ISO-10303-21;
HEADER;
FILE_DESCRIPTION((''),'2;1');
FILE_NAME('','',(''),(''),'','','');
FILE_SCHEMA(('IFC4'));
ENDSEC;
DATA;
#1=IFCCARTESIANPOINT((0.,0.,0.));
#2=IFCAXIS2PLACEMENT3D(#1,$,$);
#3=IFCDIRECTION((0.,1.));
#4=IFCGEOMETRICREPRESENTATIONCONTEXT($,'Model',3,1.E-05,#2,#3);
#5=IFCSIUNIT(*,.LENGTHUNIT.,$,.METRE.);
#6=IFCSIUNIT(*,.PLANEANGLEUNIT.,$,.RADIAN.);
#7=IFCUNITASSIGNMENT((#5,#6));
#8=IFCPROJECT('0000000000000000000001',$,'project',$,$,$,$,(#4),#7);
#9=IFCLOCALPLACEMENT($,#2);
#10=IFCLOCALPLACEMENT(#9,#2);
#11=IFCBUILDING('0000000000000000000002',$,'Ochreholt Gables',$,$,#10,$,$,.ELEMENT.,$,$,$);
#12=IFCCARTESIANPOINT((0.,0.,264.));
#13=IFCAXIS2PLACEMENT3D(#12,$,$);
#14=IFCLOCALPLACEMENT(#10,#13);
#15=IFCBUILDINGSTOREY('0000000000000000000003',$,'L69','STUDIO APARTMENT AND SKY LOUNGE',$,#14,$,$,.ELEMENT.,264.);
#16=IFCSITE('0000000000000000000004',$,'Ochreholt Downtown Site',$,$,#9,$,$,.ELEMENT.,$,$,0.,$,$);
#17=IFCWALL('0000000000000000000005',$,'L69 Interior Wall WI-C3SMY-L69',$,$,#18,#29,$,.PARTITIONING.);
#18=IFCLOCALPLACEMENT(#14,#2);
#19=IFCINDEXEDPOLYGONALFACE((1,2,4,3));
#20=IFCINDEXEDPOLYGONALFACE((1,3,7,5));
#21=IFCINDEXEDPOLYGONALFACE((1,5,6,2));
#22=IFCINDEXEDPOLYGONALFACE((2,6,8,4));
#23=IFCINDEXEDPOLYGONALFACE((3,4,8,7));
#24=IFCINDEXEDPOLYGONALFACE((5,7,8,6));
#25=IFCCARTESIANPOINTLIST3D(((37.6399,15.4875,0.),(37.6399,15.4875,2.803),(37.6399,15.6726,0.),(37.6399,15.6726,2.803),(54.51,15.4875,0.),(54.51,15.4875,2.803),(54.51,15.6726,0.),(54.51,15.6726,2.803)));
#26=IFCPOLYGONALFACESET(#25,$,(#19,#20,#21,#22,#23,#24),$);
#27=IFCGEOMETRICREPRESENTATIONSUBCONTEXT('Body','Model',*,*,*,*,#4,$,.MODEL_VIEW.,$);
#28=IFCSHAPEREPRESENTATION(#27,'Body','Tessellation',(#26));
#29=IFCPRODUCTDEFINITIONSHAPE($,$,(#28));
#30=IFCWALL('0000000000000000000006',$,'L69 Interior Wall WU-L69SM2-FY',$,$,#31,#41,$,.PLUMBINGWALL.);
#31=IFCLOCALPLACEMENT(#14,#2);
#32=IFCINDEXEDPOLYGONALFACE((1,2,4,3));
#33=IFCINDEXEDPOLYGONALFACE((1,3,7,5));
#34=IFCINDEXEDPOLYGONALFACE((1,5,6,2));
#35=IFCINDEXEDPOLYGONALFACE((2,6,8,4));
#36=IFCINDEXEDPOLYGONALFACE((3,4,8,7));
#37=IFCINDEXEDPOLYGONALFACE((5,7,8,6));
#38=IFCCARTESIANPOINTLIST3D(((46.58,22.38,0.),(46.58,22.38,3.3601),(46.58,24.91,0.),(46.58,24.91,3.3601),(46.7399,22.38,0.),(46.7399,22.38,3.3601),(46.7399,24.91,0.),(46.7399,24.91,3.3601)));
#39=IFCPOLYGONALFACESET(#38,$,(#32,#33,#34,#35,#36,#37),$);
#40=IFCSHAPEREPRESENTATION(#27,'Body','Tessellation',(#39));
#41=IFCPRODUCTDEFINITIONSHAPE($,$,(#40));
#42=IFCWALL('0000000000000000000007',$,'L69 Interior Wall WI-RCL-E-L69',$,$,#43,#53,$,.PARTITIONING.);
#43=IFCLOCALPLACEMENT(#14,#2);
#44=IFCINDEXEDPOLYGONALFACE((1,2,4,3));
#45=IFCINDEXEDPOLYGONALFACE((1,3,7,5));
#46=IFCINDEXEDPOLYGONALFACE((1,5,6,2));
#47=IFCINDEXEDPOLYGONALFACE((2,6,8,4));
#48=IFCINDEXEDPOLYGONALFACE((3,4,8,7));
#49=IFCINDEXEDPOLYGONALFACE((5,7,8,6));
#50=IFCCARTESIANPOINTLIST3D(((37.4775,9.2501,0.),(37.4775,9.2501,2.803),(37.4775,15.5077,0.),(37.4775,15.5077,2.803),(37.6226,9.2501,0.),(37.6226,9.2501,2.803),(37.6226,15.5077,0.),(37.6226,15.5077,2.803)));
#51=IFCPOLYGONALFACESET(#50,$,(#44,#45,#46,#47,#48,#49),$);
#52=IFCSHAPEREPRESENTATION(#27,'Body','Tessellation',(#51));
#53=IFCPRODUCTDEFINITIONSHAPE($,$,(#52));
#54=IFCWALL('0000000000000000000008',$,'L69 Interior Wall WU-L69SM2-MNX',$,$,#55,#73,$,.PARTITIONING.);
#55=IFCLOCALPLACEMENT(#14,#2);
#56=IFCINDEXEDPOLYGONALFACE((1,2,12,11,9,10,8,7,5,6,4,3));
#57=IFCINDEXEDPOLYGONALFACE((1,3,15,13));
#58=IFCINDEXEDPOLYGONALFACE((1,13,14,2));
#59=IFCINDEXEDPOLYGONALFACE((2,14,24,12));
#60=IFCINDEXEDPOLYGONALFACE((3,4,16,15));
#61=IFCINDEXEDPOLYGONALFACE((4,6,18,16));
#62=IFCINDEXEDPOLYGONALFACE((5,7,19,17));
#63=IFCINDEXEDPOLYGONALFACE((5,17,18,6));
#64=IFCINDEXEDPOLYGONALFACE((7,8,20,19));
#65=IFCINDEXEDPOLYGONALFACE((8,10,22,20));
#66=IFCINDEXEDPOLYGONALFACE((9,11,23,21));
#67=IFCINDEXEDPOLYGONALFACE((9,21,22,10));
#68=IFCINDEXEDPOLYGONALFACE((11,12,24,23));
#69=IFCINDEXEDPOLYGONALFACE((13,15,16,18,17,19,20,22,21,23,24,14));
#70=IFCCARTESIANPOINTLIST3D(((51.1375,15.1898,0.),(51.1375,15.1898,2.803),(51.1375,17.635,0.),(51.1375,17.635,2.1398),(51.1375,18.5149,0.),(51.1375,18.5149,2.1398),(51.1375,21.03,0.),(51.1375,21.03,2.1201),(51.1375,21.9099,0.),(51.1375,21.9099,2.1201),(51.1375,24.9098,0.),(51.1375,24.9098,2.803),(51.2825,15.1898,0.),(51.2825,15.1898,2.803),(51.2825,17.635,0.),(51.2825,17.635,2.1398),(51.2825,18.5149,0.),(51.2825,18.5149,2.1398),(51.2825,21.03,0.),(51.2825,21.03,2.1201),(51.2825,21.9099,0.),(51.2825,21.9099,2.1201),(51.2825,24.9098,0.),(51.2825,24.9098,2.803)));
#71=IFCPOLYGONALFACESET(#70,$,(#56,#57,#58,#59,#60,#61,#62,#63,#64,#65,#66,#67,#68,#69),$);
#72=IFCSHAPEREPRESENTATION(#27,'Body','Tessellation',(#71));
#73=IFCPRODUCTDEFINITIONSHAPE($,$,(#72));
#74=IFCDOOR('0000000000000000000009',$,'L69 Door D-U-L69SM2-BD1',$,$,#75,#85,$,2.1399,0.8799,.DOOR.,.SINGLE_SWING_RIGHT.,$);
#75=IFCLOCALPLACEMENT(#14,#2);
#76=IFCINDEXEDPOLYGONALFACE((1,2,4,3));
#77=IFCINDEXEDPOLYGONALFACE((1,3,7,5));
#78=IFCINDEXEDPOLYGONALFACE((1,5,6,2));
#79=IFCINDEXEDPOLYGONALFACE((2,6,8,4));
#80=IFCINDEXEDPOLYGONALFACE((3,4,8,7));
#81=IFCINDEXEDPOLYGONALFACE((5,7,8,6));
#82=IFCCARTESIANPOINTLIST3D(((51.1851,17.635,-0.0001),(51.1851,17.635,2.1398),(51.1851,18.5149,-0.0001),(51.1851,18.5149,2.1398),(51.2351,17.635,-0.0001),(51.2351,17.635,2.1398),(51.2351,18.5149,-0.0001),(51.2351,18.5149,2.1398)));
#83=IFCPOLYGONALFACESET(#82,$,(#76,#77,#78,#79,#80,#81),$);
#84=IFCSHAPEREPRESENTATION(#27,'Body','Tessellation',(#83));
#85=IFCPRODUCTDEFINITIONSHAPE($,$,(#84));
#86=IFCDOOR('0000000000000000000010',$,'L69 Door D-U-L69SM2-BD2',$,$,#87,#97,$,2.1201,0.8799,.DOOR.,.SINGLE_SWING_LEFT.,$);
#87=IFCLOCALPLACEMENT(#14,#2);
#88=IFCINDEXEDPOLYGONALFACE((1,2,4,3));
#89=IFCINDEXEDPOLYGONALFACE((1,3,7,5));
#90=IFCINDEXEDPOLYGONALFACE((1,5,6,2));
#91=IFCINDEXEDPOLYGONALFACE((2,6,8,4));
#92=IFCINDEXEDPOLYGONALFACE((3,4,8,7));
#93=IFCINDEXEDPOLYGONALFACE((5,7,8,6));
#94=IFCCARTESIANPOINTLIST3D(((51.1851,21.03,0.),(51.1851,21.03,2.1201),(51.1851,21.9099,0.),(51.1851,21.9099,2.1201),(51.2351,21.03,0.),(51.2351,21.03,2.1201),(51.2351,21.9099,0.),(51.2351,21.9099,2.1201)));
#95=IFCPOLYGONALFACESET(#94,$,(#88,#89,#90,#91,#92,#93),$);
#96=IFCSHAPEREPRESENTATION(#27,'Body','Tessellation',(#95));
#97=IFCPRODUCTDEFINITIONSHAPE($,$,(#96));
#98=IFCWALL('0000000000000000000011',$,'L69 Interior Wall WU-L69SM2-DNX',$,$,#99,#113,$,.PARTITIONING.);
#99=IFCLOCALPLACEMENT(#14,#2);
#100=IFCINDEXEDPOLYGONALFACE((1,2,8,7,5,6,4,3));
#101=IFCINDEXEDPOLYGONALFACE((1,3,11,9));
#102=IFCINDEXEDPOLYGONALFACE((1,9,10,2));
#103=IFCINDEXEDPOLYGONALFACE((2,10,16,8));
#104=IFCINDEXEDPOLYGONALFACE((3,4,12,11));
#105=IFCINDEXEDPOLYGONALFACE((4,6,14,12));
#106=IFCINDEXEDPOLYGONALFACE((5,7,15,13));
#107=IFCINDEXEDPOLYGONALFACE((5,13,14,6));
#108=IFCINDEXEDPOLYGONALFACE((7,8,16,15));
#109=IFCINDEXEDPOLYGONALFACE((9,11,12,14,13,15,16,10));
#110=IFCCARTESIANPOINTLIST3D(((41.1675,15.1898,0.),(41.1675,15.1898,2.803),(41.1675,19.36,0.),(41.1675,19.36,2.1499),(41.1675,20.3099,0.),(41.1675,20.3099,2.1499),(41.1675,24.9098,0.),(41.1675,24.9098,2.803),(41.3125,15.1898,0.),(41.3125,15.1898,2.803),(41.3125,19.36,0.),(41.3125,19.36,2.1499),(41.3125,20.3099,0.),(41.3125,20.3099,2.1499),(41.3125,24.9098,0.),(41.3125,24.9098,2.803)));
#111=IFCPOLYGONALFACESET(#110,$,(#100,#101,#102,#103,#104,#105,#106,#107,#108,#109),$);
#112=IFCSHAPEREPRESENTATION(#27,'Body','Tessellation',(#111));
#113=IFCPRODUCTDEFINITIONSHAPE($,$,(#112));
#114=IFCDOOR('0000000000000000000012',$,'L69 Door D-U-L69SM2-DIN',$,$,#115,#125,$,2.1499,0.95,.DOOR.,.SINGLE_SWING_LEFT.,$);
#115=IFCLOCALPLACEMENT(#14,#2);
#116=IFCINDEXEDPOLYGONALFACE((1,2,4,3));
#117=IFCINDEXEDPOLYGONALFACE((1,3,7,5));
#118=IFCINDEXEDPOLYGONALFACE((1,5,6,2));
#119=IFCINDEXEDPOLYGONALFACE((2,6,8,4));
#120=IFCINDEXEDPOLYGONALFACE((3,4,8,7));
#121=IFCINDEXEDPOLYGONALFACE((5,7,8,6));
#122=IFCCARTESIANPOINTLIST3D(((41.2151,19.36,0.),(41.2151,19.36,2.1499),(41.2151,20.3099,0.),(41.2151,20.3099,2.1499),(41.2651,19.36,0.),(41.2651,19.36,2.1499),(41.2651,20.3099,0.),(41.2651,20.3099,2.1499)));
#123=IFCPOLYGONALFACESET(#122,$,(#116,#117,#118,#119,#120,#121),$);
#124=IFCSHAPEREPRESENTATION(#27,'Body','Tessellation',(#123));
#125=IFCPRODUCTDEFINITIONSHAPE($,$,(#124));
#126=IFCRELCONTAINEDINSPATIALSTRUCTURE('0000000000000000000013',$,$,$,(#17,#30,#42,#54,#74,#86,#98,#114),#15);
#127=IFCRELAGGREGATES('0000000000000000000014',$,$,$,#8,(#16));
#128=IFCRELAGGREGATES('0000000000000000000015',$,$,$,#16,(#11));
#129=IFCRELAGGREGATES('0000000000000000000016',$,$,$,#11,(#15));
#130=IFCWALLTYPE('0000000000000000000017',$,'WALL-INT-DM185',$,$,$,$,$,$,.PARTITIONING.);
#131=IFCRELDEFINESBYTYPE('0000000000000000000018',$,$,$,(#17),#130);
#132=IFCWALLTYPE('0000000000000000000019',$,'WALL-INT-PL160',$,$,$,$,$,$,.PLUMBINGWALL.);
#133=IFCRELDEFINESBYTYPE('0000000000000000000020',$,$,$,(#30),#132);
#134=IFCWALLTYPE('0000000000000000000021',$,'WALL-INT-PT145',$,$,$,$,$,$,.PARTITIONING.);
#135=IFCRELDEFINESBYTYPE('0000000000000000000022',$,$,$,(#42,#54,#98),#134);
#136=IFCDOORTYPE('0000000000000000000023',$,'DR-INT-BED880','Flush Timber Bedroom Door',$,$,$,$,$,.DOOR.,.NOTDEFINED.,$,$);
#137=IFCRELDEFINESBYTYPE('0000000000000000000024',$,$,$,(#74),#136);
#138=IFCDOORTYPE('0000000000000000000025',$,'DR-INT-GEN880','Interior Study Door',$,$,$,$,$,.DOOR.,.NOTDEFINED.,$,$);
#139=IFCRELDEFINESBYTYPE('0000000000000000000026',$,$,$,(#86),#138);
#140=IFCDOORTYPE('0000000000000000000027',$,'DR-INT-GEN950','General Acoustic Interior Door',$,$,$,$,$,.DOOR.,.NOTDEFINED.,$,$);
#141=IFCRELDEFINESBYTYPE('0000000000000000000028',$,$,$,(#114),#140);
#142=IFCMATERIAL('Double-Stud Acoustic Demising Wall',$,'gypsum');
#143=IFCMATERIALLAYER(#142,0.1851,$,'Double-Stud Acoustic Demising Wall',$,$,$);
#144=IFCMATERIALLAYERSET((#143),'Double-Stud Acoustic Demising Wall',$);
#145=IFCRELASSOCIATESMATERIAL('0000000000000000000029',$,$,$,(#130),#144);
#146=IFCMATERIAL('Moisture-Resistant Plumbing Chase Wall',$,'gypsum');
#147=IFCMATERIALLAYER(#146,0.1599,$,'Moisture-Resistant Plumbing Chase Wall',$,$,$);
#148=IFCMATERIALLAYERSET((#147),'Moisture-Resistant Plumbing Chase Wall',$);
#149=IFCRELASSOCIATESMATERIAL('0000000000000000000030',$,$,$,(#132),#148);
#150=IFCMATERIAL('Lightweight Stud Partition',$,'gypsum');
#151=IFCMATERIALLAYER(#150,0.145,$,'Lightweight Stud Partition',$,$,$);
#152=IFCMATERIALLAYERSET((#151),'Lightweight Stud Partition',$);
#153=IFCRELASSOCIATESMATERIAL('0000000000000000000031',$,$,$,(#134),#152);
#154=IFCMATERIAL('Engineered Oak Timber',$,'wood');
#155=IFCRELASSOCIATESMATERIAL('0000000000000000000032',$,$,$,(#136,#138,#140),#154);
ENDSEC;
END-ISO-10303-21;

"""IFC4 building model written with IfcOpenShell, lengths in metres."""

from ifc_helpers import new_model, si_unit, direction, frame, frame_2d, origin, place, context, subcontext, project, spatial, rectangle, extrude, material, layer, layer_set, type_object, element, fill, save


model = new_model("IFC4")

# Units and contexts
model_context = context("Model", 3, precision=1e-05, world=origin(), true_north=direction((0.0, 1.0)))
body_context = subcontext(model_context, "Body", "Model", "MODEL_VIEW")
ifc_project = project(units=[si_unit("LENGTHUNIT", "METRE"), si_unit("PLANEANGLEUNIT", "RADIAN")], contexts=[model_context])

# Site, building, storey
site_placement = place(None, origin())
site = spatial("IfcSite", under=ifc_project, at=site_placement, Name="Ochreholt Downtown Site", CompositionType="ELEMENT", RefElevation=0.0)
building_placement = place(site_placement, origin())
building = spatial("IfcBuilding", under=site, at=building_placement, Name="Ochreholt Gables", CompositionType="ELEMENT")
storey_placement = place(building_placement, frame((0.0, 0.0, 264.0)))
storey = spatial("IfcBuildingStorey", under=building, at=storey_placement, Name="L69", Description="STUDIO APARTMENT AND SKY LOUNGE", CompositionType="ELEMENT", Elevation=264.0)

# Walls
ifc_material_1 = material(Name="Double-Stud Acoustic Demising Wall", Category="gypsum")
ifc_layer_1 = layer(ifc_material_1, 0.1851, Name="Double-Stud Acoustic Demising Wall")
ifc_layer_set_1 = layer_set([ifc_layer_1], Name="Double-Stud Acoustic Demising Wall")
wall_type_1 = type_object("IfcWallType", Name="WALL-INT-DM185", PredefinedType="PARTITIONING", material=ifc_layer_set_1)
wall_1_placement = place(storey_placement, frame((37.6399, 15.5801, 0.0), z_axis=(0.0, 0.0, 1.0), x_axis=(1.0, 0.0, 0.0)))
element("IfcWall", 1, at=wall_1_placement, inside=storey, type_object=wall_type_1, Name="L69 Interior Wall WI-C3SMY-L69", PredefinedType="PARTITIONING", context=body_context, shape_type="SweptSolid", body=[
    extrude(rectangle(XDim=16.8701, YDim=0.1851, at=frame_2d((8.4351, 0.0))), origin(), (0.0, 0.0, 1.0), 2.803),
])
ifc_material_2 = material(Name="Moisture-Resistant Plumbing Chase Wall", Category="gypsum")
ifc_layer_2 = layer(ifc_material_2, 0.1599, Name="Moisture-Resistant Plumbing Chase Wall")
ifc_layer_set_2 = layer_set([ifc_layer_2], Name="Moisture-Resistant Plumbing Chase Wall")
wall_type_2 = type_object("IfcWallType", Name="WALL-INT-PL160", PredefinedType="PLUMBINGWALL", material=ifc_layer_set_2)
wall_2_placement = place(storey_placement, frame((46.6599, 22.3799, 0.0), z_axis=(0.0, 0.0, 1.0), x_axis=(0.0, 1.0, 0.0)))
element("IfcWall", 2, at=wall_2_placement, inside=storey, type_object=wall_type_2, Name="L69 Interior Wall WU-L69SM2-FY", PredefinedType="PLUMBINGWALL", context=body_context, shape_type="SweptSolid", body=[
    extrude(rectangle(XDim=2.53, YDim=0.1599, at=frame_2d((1.2651, 0.0))), origin(), (0.0, 0.0, 1.0), 3.3601),
])
ifc_material_3 = material(Name="Lightweight Stud Partition", Category="gypsum")
ifc_layer_3 = layer(ifc_material_3, 0.145, Name="Lightweight Stud Partition")
ifc_layer_set_3 = layer_set([ifc_layer_3], Name="Lightweight Stud Partition")
wall_type_3 = type_object("IfcWallType", Name="WALL-INT-PT145", PredefinedType="PARTITIONING", material=ifc_layer_set_3)
wall_3_placement = place(storey_placement, frame((37.55, 9.25, 0.0), z_axis=(0.0, 0.0, 1.0), x_axis=(0.0, 1.0, 0.0)))
element("IfcWall", 3, at=wall_3_placement, inside=storey, type_object=wall_type_3, Name="L69 Interior Wall WI-RCL-E-L69", PredefinedType="PARTITIONING", context=body_context, shape_type="SweptSolid", body=[
    extrude(rectangle(XDim=6.2576, YDim=0.145, at=frame_2d((3.1289, 0.0))), origin(), (0.0, 0.0, 1.0), 2.803),
])

# Wall, openings, doors
wall_4_placement = place(storey_placement, frame((51.21, 15.1899, 0.0), z_axis=(0.0, 0.0, 1.0), x_axis=(0.0, 1.0, 0.0)))
wall_4 = element("IfcWall", 4, at=wall_4_placement, inside=storey, type_object=wall_type_3, Name="L69 Interior Wall WU-L69SM2-MNX", PredefinedType="PARTITIONING", context=body_context, shape_type="SweptSolid", body=[
    extrude(rectangle(XDim=9.72, YDim=0.145, at=frame_2d((4.8599, 0.0))), origin(), (0.0, 0.0, 1.0), 2.803),
])
opening_1_placement = place(wall_4_placement, frame((2.4451, 0.0, 0.0)))
opening_1 = element("IfcOpeningElement", 5, at=opening_1_placement, cuts=wall_4, PredefinedType="OPENING", context=body_context, shape_type="SweptSolid", body=[
    extrude(rectangle(XDim=0.8799, YDim=2.1399, at=frame_2d((0.4399, 1.0698))), frame((0.0, 0.0825, 0.0), z_axis=(0.0, -1.0, 0.0), x_axis=(1.0, 0.0, 0.0)), (0.0, 0.0, 1.0), 0.165),
])
opening_2_placement = place(wall_4_placement, frame((5.8401, 0.0, 0.0)))
opening_2 = element("IfcOpeningElement", 6, at=opening_2_placement, cuts=wall_4, PredefinedType="OPENING", context=body_context, shape_type="SweptSolid", body=[
    extrude(rectangle(XDim=0.8799, YDim=2.1201, at=frame_2d((0.4399, 1.0601))), frame((0.0, 0.0825, 0.0), z_axis=(0.0, -1.0, 0.0), x_axis=(1.0, 0.0, 0.0)), (0.0, 0.0, 1.0), 0.165),
])
ifc_material_4 = material(Name="Engineered Oak Timber", Category="wood")
door_type_1 = type_object("IfcDoorType", Name="DR-INT-BED880", Description="Flush Timber Bedroom Door", OperationType="NOTDEFINED", PredefinedType="DOOR", material=ifc_material_4)
door_1_placement = place(opening_1_placement, origin())
door_1 = element("IfcDoor", 7, at=door_1_placement, inside=storey, type_object=door_type_1, Name="L69 Door D-U-L69SM2-BD1", OperationType="SINGLE_SWING_RIGHT", OverallHeight=2.1399, OverallWidth=0.8799, PredefinedType="DOOR", context=body_context, shape_type="SweptSolid", body=[
    extrude(rectangle(XDim=0.8799, YDim=2.1399, at=frame_2d((0.4399, 1.0698))), frame((0.0, 0.0249, 0.0), z_axis=(0.0, -1.0, 0.0), x_axis=(1.0, 0.0, 0.0)), (0.0, 0.0, 1.0), 0.05),
])
fill(opening_1, door_1)
door_type_2 = type_object("IfcDoorType", Name="DR-INT-GEN880", Description="Interior Study Door", OperationType="NOTDEFINED", PredefinedType="DOOR", material=ifc_material_4)
door_2_placement = place(opening_2_placement, origin())
door_2 = element("IfcDoor", 8, at=door_2_placement, inside=storey, type_object=door_type_2, Name="L69 Door D-U-L69SM2-BD2", OperationType="SINGLE_SWING_LEFT", OverallHeight=2.1201, OverallWidth=0.8799, PredefinedType="DOOR", context=body_context, shape_type="SweptSolid", body=[
    extrude(rectangle(XDim=0.8799, YDim=2.1201, at=frame_2d((0.4399, 1.0601))), frame((0.0, 0.0249, 0.0), z_axis=(0.0, -1.0, 0.0), x_axis=(1.0, 0.0, 0.0)), (0.0, 0.0, 1.0), 0.05),
])
fill(opening_2, door_2)

# Wall, opening, door
wall_5_placement = place(storey_placement, frame((41.24, 15.1899, 0.0), z_axis=(0.0, 0.0, 1.0), x_axis=(0.0, 1.0, 0.0)))
wall_5 = element("IfcWall", 9, at=wall_5_placement, inside=storey, type_object=wall_type_3, Name="L69 Interior Wall WU-L69SM2-DNX", PredefinedType="PARTITIONING", context=body_context, shape_type="SweptSolid", body=[
    extrude(rectangle(XDim=9.72, YDim=0.145, at=frame_2d((4.8599, 0.0))), origin(), (0.0, 0.0, 1.0), 2.803),
])
opening_3_placement = place(wall_5_placement, frame((4.1699, 0.0, 0.0)))
opening_3 = element("IfcOpeningElement", 10, at=opening_3_placement, cuts=wall_5, PredefinedType="OPENING", context=body_context, shape_type="SweptSolid", body=[
    extrude(rectangle(XDim=0.95, YDim=2.1499, at=frame_2d((0.4751, 1.075))), frame((0.0, 0.0825, 0.0), z_axis=(0.0, -1.0, 0.0), x_axis=(1.0, 0.0, 0.0)), (0.0, 0.0, 1.0), 0.165),
])
door_type_3 = type_object("IfcDoorType", Name="DR-INT-GEN950", Description="General Acoustic Interior Door", OperationType="NOTDEFINED", PredefinedType="DOOR", material=ifc_material_4)
door_3_placement = place(opening_3_placement, origin())
door_3 = element("IfcDoor", 11, at=door_3_placement, inside=storey, type_object=door_type_3, Name="L69 Door D-U-L69SM2-DIN", OperationType="SINGLE_SWING_LEFT", OverallHeight=2.1499, OverallWidth=0.95, PredefinedType="DOOR", context=body_context, shape_type="SweptSolid", body=[
    extrude(rectangle(XDim=0.95, YDim=2.1499, at=frame_2d((0.4751, 1.075))), frame((0.0, 0.0249, 0.0), z_axis=(0.0, -1.0, 0.0), x_axis=(1.0, 0.0, 0.0)), (0.0, 0.0, 1.0), 0.05),
])
fill(opening_3, door_3)

save(model, "model.ifc")
